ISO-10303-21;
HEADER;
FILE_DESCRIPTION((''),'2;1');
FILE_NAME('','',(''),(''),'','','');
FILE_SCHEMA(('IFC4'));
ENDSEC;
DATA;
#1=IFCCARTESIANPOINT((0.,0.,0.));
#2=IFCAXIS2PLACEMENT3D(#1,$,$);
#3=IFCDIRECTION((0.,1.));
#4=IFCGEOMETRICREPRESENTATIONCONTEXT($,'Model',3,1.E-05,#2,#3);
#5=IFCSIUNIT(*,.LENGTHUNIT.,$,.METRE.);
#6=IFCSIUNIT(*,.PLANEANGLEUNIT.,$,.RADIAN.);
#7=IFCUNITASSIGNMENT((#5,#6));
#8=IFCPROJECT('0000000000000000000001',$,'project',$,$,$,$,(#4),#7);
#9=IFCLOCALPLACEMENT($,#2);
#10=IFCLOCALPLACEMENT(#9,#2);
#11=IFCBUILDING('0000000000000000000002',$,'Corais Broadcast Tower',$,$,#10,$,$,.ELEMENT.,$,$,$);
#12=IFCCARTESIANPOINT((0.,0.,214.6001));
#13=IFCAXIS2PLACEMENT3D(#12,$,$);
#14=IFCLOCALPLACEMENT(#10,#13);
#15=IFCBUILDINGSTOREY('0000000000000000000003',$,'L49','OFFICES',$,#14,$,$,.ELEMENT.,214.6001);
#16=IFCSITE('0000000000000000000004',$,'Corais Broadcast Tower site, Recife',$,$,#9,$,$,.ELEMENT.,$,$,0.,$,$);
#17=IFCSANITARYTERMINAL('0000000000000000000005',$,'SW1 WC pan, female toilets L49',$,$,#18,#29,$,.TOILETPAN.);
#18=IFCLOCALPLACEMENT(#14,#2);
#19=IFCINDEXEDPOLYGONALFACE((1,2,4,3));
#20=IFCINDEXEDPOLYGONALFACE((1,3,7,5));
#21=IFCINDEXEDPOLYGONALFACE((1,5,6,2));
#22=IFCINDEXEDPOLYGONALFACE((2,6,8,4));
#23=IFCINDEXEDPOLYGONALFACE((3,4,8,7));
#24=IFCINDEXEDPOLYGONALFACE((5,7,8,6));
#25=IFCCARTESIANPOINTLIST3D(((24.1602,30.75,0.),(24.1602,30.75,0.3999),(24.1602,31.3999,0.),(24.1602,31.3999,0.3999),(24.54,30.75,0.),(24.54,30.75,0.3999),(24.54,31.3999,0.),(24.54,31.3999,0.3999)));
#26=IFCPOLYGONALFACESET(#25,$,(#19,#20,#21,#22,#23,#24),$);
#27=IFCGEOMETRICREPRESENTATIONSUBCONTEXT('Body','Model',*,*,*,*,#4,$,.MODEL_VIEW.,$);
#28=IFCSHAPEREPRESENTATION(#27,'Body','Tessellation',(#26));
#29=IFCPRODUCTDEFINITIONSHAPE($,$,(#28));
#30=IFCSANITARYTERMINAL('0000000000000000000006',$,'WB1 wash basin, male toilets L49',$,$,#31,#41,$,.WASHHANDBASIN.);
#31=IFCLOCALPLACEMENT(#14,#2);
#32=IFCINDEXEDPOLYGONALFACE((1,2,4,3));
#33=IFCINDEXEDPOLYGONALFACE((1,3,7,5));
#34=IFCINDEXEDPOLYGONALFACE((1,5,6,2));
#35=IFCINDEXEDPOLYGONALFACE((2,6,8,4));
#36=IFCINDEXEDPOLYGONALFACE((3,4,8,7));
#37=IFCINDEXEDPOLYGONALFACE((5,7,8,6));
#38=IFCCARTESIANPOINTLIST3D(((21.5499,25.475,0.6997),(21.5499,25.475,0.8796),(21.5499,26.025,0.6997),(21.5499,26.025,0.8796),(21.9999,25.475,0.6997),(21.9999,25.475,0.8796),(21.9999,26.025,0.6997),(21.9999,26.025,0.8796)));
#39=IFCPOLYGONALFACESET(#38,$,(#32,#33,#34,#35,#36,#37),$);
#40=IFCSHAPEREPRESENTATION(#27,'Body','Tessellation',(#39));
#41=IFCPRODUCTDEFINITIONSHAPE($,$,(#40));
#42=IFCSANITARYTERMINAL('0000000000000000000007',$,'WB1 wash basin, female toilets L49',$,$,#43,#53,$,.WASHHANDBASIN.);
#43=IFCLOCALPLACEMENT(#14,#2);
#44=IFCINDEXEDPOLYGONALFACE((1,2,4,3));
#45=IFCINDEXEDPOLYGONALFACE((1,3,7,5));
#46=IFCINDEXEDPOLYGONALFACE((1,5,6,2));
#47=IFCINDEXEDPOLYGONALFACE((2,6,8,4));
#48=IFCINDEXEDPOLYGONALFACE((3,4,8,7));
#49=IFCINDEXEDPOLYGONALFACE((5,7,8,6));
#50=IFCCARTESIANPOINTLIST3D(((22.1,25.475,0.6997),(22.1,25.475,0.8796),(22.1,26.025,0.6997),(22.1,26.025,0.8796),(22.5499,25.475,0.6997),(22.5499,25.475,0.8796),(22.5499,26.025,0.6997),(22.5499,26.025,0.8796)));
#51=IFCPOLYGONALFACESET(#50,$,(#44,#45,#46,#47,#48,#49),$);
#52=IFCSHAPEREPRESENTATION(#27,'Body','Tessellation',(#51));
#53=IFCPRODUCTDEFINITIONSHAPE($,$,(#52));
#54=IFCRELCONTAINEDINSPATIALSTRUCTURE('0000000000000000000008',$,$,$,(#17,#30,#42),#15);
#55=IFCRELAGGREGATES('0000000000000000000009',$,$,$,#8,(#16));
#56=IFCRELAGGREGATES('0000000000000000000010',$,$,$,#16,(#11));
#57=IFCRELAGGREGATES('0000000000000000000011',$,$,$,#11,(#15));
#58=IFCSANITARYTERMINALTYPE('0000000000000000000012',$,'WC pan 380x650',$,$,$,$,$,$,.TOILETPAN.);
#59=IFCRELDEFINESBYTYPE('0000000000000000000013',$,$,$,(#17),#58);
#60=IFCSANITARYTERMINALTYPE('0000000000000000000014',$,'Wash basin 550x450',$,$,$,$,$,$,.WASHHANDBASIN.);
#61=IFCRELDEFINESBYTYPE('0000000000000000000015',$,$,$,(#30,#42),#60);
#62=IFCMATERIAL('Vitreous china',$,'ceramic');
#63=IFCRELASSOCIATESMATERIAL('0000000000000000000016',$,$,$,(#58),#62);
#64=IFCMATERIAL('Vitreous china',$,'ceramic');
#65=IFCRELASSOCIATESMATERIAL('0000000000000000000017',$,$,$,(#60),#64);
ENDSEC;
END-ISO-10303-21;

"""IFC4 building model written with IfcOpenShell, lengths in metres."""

from ifc_helpers import new_model, si_unit, direction, frame, origin, origin_2d, place, context, subcontext, project, spatial, rectangle, extrude, material, type_object, element, save


model = new_model("IFC4")

# Units and contexts
model_context = context("Model", 3, precision=1e-05, world=origin(), true_north=direction((0.0, 1.0)))
body_context = subcontext(model_context, "Body", "Model", "MODEL_VIEW")
ifc_project = project(units=[si_unit("LENGTHUNIT", "METRE"), si_unit("PLANEANGLEUNIT", "RADIAN")], contexts=[model_context])

# Site, building, storey
site_placement = place(None, origin())
site = spatial("IfcSite", under=ifc_project, at=site_placement, Name="Corais Broadcast Tower site, Recife", CompositionType="ELEMENT", RefElevation=0.0)
building_placement = place(site_placement, origin())
building = spatial("IfcBuilding", under=site, at=building_placement, Name="Corais Broadcast Tower", CompositionType="ELEMENT")
storey_placement = place(building_placement, frame((0.0, 0.0, 214.6001)))
storey = spatial("IfcBuildingStorey", under=building, at=storey_placement, Name="L49", Description="OFFICES", CompositionType="ELEMENT", Elevation=214.6001)

# Sanitary terminals
ifc_material_1 = material(Name="Vitreous china", Category="ceramic")
sanitary_terminal_type_1 = type_object("IfcSanitaryTerminalType", Name="WC pan 380x650", PredefinedType="TOILETPAN", material=ifc_material_1)
for number, where, z_axis, x_axis, name in (
    (1, (24.3501, 31.075, 0.0), (0.0, 0.0, 1.0), (1.0, 0.0, 0.0), "SW1 WC pan, female toilets L49"),
):
    element("IfcSanitaryTerminal", number, at=place(storey_placement, frame(where, z_axis=z_axis, x_axis=x_axis)), inside=storey, type_object=sanitary_terminal_type_1, Name=name, PredefinedType="TOILETPAN", context=body_context, shape_type="SweptSolid", body=[
        extrude(rectangle(XDim=0.3799, YDim=0.6499, at=origin_2d()), origin(), (0.0, 0.0, 1.0), 0.3999),
    ])
ifc_material_2 = material(Name="Vitreous china", Category="ceramic")
sanitary_terminal_type_2 = type_object("IfcSanitaryTerminalType", Name="Wash basin 550x450", PredefinedType="WASHHANDBASIN", material=ifc_material_2)
for number, where, z_axis, x_axis, name in (
    (2, (21.7749, 25.75, 0.6997), (0.0, 0.0, 1.0), (1.0, 0.0, 0.0), "WB1 wash basin, male toilets L49"),
    (3, (22.325, 25.75, 0.6997), (0.0, 0.0, 1.0), (1.0, 0.0, 0.0), "WB1 wash basin, female toilets L49"),
):
    element("IfcSanitaryTerminal", number, at=place(storey_placement, frame(where, z_axis=z_axis, x_axis=x_axis)), inside=storey, type_object=sanitary_terminal_type_2, Name=name, PredefinedType="WASHHANDBASIN", context=body_context, shape_type="SweptSolid", body=[
        extrude(rectangle(XDim=0.45, YDim=0.55, at=origin_2d()), origin(), (0.0, 0.0, 1.0), 0.1799),
    ])

save(model, "model.ifc")
